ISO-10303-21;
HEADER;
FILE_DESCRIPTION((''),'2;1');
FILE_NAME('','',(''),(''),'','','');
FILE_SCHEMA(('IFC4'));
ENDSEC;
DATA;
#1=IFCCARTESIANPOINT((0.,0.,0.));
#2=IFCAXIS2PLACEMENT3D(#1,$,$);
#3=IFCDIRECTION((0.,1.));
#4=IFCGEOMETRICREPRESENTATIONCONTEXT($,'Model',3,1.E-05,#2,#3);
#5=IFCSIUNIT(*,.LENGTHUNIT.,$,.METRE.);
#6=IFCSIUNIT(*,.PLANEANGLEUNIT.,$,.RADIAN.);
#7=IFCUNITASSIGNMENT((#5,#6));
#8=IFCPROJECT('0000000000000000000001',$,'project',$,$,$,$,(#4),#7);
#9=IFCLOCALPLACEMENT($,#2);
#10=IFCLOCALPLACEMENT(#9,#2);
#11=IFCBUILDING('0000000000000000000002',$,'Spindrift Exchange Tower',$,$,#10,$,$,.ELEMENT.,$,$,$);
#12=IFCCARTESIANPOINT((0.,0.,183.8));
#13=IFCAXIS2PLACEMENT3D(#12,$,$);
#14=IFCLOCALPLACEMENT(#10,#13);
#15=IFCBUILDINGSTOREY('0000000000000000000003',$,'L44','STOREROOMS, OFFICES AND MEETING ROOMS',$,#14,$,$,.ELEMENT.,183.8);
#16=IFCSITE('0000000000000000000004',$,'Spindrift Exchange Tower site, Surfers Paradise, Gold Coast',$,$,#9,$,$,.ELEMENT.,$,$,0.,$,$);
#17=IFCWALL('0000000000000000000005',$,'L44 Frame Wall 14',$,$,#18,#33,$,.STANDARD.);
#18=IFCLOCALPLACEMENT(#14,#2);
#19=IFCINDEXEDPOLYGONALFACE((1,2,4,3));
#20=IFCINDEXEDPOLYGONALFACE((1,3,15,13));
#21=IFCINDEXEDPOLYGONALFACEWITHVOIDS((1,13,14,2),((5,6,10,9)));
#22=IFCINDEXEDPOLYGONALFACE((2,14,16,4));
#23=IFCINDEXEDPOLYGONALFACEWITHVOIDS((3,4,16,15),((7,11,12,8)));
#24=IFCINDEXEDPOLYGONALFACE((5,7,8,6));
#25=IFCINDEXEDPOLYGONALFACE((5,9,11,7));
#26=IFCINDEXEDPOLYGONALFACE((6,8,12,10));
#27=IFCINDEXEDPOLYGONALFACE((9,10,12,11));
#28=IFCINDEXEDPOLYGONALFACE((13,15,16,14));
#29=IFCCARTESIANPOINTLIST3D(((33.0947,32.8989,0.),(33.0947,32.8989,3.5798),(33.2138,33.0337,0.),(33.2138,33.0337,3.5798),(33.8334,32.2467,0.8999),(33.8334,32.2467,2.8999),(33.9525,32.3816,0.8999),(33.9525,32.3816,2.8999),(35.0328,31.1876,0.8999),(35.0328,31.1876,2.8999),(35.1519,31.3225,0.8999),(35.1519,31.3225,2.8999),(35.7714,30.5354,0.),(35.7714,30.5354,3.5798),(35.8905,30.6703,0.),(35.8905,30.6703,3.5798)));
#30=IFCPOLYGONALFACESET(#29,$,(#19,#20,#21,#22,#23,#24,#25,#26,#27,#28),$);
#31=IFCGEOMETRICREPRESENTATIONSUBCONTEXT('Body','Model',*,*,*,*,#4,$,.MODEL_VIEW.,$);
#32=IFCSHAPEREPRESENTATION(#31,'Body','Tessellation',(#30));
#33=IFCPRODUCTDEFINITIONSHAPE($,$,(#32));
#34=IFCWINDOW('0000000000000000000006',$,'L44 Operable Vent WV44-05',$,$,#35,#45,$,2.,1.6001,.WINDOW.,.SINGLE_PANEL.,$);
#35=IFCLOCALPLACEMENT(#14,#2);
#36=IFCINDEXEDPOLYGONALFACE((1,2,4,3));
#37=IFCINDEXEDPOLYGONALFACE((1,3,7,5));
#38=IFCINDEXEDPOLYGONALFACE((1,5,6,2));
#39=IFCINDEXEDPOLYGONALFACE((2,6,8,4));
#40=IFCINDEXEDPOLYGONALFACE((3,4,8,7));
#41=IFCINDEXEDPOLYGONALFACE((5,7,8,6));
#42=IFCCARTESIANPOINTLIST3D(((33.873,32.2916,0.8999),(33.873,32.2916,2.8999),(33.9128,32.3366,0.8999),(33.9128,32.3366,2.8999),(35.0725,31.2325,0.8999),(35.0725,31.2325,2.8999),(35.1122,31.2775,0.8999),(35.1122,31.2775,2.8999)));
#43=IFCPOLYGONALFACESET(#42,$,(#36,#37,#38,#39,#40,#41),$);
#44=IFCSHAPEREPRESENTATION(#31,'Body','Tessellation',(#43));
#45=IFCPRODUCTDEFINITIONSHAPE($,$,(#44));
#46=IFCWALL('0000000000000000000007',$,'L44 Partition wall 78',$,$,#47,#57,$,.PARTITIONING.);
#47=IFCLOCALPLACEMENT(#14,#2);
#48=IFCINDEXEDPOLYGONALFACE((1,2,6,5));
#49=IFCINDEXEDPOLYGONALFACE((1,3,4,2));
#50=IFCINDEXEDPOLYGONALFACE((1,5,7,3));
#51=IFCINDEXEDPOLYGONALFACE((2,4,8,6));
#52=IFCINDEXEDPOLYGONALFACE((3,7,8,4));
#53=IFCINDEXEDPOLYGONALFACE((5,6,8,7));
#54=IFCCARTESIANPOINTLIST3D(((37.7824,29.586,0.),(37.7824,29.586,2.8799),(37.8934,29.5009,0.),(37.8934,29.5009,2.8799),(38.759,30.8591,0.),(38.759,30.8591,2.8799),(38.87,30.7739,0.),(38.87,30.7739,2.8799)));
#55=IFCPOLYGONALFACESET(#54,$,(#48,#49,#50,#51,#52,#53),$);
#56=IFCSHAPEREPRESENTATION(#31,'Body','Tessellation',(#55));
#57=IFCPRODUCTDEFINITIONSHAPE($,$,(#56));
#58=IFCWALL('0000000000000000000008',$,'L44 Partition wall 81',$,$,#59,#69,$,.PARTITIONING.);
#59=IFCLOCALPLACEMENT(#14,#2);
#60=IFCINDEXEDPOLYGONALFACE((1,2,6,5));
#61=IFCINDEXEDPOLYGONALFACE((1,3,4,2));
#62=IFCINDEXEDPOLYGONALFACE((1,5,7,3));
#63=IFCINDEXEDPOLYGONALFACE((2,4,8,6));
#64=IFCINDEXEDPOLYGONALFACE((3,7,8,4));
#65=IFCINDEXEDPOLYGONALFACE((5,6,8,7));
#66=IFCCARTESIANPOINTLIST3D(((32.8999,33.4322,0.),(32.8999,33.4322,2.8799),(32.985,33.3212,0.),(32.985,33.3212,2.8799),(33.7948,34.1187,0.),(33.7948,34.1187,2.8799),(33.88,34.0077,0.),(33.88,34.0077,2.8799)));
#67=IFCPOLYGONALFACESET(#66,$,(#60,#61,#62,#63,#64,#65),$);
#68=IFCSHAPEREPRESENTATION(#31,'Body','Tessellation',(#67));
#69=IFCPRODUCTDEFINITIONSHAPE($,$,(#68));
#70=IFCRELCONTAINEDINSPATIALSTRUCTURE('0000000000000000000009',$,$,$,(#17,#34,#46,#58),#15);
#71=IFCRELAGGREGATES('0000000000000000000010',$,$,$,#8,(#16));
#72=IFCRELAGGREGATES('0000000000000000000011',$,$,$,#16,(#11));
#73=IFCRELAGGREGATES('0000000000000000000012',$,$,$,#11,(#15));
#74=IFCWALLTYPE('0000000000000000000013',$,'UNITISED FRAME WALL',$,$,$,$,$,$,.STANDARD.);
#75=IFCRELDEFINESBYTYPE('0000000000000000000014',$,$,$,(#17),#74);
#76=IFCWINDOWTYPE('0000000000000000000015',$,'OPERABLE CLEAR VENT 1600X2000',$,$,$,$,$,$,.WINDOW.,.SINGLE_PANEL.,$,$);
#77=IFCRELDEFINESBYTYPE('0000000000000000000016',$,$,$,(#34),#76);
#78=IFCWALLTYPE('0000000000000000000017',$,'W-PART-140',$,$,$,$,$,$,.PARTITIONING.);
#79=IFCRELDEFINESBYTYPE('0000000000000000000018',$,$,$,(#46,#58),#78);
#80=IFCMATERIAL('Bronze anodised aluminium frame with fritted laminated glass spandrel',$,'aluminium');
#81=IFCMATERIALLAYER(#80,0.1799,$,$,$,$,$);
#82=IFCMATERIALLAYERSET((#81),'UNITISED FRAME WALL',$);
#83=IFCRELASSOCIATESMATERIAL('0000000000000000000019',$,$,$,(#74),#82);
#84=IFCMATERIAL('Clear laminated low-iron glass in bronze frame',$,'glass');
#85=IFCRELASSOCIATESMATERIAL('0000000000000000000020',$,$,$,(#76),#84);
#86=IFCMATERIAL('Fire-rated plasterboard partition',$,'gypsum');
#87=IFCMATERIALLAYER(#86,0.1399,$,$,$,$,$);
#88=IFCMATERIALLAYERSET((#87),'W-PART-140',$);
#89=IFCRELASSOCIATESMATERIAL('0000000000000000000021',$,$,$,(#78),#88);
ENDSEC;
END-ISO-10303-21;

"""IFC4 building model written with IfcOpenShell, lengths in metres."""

from ifc_helpers import new_model, si_unit, direction, frame, frame_2d, origin, place, context, subcontext, project, spatial, rectangle, extrude, source, transform, mapped, material, layer, layer_set, type_object, element, fill, save


model = new_model("IFC4")

# Units and contexts
model_context = context("Model", 3, precision=1e-05, world=origin(), true_north=direction((0.0, 1.0)))
body_context = subcontext(model_context, "Body", "Model", "MODEL_VIEW")
ifc_project = project(units=[si_unit("LENGTHUNIT", "METRE"), si_unit("PLANEANGLEUNIT", "RADIAN")], contexts=[model_context])

# Site, building, storey
site_placement = place(None, origin())
site = spatial("IfcSite", under=ifc_project, at=site_placement, Name="Spindrift Exchange Tower site, Surfers Paradise, Gold Coast", CompositionType="ELEMENT", RefElevation=0.0)
building_placement = place(site_placement, origin())
building = spatial("IfcBuilding", under=site, at=building_placement, Name="Spindrift Exchange Tower", CompositionType="ELEMENT")
storey_placement = place(building_placement, frame((0.0, 0.0, 183.8)))
storey = spatial("IfcBuildingStorey", under=building, at=storey_placement, Name="L44", Description="STOREROOMS, OFFICES AND MEETING ROOMS", CompositionType="ELEMENT", Elevation=183.8)

# Wall, opening, window
ifc_material_1 = material(Name="Bronze anodised aluminium frame with fritted laminated glass spandrel", Category="aluminium")
ifc_layer_1 = layer(ifc_material_1, 0.1799)
ifc_layer_set_1 = layer_set([ifc_layer_1], Name="UNITISED FRAME WALL")
wall_type_1 = type_object("IfcWallType", Name="UNITISED FRAME WALL", PredefinedType="STANDARD", material=ifc_layer_set_1)
wall_1_placement = place(storey_placement, frame((33.1543, 32.9663, 0.0), z_axis=(0.0, 0.0, 1.0), x_axis=(0.749604, -0.661886, 0.0)))
wall_1 = element("IfcWall", 1, at=wall_1_placement, inside=storey, type_object=wall_type_1, Name="L44 Frame Wall 14", PredefinedType="STANDARD", context=body_context, shape_type="SweptSolid", body=[
    extrude(rectangle(XDim=3.5708, YDim=0.1799, at=frame_2d((1.7854, 0.0))), origin(), (0.0, 0.0, 1.0), 3.5798),
])
opening_placement = place(wall_1_placement, frame((0.9854, 0.0, 0.8999)))
opening = element("IfcOpeningElement", 2, at=opening_placement, cuts=wall_1, PredefinedType="OPENING", context=body_context, shape_type="SweptSolid", body=[
    extrude(rectangle(XDim=1.6001, YDim=2.0, at=frame_2d((0.8, 1.0))), frame((0.0, 0.0999, 0.0), z_axis=(0.0, -1.0, 0.0), x_axis=(1.0, 0.0, 0.0)), (0.0, 0.0, 1.0), 0.2),
])
ifc_material_2 = material(Name="Clear laminated low-iron glass in bronze frame", Category="glass")
window_type = type_object("IfcWindowType", Name="OPERABLE CLEAR VENT 1600X2000", PartitioningType="SINGLE_PANEL", PredefinedType="WINDOW", material=ifc_material_2)
shared_shape_1 = source(origin(), body_context, "Body", "SweptSolid", [
    extrude(rectangle(XDim=1.6001, YDim=2.0, at=frame_2d((0.8, 1.0))), frame((0.0, 0.03, 0.0), z_axis=(0.0, -1.0, 0.0), x_axis=(1.0, 0.0, 0.0)), (0.0, 0.0, 1.0), 0.0601),
])
window_placement = place(opening_placement, origin())
window = element("IfcWindow", 3, at=window_placement, inside=storey, type_object=window_type, Name="L44 Operable Vent WV44-05", OverallHeight=2.0, OverallWidth=1.6001, PartitioningType="SINGLE_PANEL", PredefinedType="WINDOW", context=body_context, shape_type="MappedRepresentation", body=[
    mapped(shared_shape_1, transform((0.0, 0.0, 0.0), scale=1.0)),
])
fill(opening, window)

# Walls
ifc_material_3 = material(Name="Fire-rated plasterboard partition", Category="gypsum")
ifc_layer_2 = layer(ifc_material_3, 0.1399)
ifc_layer_set_2 = layer_set([ifc_layer_2], Name="W-PART-140")
wall_type_2 = type_object("IfcWallType", Name="W-PART-140", PredefinedType="PARTITIONING", material=ifc_layer_set_2)
wall_2_placement = place(storey_placement, frame((37.8379, 29.5435, 0.0), z_axis=(0.0, 0.0, 1.0), x_axis=(0.608681, 0.793415, 0.0)))
element("IfcWall", 4, at=wall_2_placement, inside=storey, type_object=wall_type_2, Name="L44 Partition wall 78", PredefinedType="PARTITIONING", context=body_context, shape_type="SweptSolid", body=[
    extrude(rectangle(XDim=1.6045, YDim=0.1399, at=frame_2d((0.8022, 0.0))), origin(), (0.0, 0.0, 1.0), 2.8799),
])
wall_3_placement = place(storey_placement, frame((33.8374, 34.0632, 0.0), z_axis=(0.0, 0.0, 1.0), x_axis=(-0.79346, -0.608622, 0.0)))
element("IfcWall", 5, at=wall_3_placement, inside=storey, type_object=wall_type_2, Name="L44 Partition wall 81", PredefinedType="PARTITIONING", context=body_context, shape_type="SweptSolid", body=[
    extrude(rectangle(XDim=1.1279, YDim=0.1399, at=frame_2d((0.564, 0.0))), origin(), (0.0, 0.0, 1.0), 2.8799),
])

save(model, "model.ifc")
